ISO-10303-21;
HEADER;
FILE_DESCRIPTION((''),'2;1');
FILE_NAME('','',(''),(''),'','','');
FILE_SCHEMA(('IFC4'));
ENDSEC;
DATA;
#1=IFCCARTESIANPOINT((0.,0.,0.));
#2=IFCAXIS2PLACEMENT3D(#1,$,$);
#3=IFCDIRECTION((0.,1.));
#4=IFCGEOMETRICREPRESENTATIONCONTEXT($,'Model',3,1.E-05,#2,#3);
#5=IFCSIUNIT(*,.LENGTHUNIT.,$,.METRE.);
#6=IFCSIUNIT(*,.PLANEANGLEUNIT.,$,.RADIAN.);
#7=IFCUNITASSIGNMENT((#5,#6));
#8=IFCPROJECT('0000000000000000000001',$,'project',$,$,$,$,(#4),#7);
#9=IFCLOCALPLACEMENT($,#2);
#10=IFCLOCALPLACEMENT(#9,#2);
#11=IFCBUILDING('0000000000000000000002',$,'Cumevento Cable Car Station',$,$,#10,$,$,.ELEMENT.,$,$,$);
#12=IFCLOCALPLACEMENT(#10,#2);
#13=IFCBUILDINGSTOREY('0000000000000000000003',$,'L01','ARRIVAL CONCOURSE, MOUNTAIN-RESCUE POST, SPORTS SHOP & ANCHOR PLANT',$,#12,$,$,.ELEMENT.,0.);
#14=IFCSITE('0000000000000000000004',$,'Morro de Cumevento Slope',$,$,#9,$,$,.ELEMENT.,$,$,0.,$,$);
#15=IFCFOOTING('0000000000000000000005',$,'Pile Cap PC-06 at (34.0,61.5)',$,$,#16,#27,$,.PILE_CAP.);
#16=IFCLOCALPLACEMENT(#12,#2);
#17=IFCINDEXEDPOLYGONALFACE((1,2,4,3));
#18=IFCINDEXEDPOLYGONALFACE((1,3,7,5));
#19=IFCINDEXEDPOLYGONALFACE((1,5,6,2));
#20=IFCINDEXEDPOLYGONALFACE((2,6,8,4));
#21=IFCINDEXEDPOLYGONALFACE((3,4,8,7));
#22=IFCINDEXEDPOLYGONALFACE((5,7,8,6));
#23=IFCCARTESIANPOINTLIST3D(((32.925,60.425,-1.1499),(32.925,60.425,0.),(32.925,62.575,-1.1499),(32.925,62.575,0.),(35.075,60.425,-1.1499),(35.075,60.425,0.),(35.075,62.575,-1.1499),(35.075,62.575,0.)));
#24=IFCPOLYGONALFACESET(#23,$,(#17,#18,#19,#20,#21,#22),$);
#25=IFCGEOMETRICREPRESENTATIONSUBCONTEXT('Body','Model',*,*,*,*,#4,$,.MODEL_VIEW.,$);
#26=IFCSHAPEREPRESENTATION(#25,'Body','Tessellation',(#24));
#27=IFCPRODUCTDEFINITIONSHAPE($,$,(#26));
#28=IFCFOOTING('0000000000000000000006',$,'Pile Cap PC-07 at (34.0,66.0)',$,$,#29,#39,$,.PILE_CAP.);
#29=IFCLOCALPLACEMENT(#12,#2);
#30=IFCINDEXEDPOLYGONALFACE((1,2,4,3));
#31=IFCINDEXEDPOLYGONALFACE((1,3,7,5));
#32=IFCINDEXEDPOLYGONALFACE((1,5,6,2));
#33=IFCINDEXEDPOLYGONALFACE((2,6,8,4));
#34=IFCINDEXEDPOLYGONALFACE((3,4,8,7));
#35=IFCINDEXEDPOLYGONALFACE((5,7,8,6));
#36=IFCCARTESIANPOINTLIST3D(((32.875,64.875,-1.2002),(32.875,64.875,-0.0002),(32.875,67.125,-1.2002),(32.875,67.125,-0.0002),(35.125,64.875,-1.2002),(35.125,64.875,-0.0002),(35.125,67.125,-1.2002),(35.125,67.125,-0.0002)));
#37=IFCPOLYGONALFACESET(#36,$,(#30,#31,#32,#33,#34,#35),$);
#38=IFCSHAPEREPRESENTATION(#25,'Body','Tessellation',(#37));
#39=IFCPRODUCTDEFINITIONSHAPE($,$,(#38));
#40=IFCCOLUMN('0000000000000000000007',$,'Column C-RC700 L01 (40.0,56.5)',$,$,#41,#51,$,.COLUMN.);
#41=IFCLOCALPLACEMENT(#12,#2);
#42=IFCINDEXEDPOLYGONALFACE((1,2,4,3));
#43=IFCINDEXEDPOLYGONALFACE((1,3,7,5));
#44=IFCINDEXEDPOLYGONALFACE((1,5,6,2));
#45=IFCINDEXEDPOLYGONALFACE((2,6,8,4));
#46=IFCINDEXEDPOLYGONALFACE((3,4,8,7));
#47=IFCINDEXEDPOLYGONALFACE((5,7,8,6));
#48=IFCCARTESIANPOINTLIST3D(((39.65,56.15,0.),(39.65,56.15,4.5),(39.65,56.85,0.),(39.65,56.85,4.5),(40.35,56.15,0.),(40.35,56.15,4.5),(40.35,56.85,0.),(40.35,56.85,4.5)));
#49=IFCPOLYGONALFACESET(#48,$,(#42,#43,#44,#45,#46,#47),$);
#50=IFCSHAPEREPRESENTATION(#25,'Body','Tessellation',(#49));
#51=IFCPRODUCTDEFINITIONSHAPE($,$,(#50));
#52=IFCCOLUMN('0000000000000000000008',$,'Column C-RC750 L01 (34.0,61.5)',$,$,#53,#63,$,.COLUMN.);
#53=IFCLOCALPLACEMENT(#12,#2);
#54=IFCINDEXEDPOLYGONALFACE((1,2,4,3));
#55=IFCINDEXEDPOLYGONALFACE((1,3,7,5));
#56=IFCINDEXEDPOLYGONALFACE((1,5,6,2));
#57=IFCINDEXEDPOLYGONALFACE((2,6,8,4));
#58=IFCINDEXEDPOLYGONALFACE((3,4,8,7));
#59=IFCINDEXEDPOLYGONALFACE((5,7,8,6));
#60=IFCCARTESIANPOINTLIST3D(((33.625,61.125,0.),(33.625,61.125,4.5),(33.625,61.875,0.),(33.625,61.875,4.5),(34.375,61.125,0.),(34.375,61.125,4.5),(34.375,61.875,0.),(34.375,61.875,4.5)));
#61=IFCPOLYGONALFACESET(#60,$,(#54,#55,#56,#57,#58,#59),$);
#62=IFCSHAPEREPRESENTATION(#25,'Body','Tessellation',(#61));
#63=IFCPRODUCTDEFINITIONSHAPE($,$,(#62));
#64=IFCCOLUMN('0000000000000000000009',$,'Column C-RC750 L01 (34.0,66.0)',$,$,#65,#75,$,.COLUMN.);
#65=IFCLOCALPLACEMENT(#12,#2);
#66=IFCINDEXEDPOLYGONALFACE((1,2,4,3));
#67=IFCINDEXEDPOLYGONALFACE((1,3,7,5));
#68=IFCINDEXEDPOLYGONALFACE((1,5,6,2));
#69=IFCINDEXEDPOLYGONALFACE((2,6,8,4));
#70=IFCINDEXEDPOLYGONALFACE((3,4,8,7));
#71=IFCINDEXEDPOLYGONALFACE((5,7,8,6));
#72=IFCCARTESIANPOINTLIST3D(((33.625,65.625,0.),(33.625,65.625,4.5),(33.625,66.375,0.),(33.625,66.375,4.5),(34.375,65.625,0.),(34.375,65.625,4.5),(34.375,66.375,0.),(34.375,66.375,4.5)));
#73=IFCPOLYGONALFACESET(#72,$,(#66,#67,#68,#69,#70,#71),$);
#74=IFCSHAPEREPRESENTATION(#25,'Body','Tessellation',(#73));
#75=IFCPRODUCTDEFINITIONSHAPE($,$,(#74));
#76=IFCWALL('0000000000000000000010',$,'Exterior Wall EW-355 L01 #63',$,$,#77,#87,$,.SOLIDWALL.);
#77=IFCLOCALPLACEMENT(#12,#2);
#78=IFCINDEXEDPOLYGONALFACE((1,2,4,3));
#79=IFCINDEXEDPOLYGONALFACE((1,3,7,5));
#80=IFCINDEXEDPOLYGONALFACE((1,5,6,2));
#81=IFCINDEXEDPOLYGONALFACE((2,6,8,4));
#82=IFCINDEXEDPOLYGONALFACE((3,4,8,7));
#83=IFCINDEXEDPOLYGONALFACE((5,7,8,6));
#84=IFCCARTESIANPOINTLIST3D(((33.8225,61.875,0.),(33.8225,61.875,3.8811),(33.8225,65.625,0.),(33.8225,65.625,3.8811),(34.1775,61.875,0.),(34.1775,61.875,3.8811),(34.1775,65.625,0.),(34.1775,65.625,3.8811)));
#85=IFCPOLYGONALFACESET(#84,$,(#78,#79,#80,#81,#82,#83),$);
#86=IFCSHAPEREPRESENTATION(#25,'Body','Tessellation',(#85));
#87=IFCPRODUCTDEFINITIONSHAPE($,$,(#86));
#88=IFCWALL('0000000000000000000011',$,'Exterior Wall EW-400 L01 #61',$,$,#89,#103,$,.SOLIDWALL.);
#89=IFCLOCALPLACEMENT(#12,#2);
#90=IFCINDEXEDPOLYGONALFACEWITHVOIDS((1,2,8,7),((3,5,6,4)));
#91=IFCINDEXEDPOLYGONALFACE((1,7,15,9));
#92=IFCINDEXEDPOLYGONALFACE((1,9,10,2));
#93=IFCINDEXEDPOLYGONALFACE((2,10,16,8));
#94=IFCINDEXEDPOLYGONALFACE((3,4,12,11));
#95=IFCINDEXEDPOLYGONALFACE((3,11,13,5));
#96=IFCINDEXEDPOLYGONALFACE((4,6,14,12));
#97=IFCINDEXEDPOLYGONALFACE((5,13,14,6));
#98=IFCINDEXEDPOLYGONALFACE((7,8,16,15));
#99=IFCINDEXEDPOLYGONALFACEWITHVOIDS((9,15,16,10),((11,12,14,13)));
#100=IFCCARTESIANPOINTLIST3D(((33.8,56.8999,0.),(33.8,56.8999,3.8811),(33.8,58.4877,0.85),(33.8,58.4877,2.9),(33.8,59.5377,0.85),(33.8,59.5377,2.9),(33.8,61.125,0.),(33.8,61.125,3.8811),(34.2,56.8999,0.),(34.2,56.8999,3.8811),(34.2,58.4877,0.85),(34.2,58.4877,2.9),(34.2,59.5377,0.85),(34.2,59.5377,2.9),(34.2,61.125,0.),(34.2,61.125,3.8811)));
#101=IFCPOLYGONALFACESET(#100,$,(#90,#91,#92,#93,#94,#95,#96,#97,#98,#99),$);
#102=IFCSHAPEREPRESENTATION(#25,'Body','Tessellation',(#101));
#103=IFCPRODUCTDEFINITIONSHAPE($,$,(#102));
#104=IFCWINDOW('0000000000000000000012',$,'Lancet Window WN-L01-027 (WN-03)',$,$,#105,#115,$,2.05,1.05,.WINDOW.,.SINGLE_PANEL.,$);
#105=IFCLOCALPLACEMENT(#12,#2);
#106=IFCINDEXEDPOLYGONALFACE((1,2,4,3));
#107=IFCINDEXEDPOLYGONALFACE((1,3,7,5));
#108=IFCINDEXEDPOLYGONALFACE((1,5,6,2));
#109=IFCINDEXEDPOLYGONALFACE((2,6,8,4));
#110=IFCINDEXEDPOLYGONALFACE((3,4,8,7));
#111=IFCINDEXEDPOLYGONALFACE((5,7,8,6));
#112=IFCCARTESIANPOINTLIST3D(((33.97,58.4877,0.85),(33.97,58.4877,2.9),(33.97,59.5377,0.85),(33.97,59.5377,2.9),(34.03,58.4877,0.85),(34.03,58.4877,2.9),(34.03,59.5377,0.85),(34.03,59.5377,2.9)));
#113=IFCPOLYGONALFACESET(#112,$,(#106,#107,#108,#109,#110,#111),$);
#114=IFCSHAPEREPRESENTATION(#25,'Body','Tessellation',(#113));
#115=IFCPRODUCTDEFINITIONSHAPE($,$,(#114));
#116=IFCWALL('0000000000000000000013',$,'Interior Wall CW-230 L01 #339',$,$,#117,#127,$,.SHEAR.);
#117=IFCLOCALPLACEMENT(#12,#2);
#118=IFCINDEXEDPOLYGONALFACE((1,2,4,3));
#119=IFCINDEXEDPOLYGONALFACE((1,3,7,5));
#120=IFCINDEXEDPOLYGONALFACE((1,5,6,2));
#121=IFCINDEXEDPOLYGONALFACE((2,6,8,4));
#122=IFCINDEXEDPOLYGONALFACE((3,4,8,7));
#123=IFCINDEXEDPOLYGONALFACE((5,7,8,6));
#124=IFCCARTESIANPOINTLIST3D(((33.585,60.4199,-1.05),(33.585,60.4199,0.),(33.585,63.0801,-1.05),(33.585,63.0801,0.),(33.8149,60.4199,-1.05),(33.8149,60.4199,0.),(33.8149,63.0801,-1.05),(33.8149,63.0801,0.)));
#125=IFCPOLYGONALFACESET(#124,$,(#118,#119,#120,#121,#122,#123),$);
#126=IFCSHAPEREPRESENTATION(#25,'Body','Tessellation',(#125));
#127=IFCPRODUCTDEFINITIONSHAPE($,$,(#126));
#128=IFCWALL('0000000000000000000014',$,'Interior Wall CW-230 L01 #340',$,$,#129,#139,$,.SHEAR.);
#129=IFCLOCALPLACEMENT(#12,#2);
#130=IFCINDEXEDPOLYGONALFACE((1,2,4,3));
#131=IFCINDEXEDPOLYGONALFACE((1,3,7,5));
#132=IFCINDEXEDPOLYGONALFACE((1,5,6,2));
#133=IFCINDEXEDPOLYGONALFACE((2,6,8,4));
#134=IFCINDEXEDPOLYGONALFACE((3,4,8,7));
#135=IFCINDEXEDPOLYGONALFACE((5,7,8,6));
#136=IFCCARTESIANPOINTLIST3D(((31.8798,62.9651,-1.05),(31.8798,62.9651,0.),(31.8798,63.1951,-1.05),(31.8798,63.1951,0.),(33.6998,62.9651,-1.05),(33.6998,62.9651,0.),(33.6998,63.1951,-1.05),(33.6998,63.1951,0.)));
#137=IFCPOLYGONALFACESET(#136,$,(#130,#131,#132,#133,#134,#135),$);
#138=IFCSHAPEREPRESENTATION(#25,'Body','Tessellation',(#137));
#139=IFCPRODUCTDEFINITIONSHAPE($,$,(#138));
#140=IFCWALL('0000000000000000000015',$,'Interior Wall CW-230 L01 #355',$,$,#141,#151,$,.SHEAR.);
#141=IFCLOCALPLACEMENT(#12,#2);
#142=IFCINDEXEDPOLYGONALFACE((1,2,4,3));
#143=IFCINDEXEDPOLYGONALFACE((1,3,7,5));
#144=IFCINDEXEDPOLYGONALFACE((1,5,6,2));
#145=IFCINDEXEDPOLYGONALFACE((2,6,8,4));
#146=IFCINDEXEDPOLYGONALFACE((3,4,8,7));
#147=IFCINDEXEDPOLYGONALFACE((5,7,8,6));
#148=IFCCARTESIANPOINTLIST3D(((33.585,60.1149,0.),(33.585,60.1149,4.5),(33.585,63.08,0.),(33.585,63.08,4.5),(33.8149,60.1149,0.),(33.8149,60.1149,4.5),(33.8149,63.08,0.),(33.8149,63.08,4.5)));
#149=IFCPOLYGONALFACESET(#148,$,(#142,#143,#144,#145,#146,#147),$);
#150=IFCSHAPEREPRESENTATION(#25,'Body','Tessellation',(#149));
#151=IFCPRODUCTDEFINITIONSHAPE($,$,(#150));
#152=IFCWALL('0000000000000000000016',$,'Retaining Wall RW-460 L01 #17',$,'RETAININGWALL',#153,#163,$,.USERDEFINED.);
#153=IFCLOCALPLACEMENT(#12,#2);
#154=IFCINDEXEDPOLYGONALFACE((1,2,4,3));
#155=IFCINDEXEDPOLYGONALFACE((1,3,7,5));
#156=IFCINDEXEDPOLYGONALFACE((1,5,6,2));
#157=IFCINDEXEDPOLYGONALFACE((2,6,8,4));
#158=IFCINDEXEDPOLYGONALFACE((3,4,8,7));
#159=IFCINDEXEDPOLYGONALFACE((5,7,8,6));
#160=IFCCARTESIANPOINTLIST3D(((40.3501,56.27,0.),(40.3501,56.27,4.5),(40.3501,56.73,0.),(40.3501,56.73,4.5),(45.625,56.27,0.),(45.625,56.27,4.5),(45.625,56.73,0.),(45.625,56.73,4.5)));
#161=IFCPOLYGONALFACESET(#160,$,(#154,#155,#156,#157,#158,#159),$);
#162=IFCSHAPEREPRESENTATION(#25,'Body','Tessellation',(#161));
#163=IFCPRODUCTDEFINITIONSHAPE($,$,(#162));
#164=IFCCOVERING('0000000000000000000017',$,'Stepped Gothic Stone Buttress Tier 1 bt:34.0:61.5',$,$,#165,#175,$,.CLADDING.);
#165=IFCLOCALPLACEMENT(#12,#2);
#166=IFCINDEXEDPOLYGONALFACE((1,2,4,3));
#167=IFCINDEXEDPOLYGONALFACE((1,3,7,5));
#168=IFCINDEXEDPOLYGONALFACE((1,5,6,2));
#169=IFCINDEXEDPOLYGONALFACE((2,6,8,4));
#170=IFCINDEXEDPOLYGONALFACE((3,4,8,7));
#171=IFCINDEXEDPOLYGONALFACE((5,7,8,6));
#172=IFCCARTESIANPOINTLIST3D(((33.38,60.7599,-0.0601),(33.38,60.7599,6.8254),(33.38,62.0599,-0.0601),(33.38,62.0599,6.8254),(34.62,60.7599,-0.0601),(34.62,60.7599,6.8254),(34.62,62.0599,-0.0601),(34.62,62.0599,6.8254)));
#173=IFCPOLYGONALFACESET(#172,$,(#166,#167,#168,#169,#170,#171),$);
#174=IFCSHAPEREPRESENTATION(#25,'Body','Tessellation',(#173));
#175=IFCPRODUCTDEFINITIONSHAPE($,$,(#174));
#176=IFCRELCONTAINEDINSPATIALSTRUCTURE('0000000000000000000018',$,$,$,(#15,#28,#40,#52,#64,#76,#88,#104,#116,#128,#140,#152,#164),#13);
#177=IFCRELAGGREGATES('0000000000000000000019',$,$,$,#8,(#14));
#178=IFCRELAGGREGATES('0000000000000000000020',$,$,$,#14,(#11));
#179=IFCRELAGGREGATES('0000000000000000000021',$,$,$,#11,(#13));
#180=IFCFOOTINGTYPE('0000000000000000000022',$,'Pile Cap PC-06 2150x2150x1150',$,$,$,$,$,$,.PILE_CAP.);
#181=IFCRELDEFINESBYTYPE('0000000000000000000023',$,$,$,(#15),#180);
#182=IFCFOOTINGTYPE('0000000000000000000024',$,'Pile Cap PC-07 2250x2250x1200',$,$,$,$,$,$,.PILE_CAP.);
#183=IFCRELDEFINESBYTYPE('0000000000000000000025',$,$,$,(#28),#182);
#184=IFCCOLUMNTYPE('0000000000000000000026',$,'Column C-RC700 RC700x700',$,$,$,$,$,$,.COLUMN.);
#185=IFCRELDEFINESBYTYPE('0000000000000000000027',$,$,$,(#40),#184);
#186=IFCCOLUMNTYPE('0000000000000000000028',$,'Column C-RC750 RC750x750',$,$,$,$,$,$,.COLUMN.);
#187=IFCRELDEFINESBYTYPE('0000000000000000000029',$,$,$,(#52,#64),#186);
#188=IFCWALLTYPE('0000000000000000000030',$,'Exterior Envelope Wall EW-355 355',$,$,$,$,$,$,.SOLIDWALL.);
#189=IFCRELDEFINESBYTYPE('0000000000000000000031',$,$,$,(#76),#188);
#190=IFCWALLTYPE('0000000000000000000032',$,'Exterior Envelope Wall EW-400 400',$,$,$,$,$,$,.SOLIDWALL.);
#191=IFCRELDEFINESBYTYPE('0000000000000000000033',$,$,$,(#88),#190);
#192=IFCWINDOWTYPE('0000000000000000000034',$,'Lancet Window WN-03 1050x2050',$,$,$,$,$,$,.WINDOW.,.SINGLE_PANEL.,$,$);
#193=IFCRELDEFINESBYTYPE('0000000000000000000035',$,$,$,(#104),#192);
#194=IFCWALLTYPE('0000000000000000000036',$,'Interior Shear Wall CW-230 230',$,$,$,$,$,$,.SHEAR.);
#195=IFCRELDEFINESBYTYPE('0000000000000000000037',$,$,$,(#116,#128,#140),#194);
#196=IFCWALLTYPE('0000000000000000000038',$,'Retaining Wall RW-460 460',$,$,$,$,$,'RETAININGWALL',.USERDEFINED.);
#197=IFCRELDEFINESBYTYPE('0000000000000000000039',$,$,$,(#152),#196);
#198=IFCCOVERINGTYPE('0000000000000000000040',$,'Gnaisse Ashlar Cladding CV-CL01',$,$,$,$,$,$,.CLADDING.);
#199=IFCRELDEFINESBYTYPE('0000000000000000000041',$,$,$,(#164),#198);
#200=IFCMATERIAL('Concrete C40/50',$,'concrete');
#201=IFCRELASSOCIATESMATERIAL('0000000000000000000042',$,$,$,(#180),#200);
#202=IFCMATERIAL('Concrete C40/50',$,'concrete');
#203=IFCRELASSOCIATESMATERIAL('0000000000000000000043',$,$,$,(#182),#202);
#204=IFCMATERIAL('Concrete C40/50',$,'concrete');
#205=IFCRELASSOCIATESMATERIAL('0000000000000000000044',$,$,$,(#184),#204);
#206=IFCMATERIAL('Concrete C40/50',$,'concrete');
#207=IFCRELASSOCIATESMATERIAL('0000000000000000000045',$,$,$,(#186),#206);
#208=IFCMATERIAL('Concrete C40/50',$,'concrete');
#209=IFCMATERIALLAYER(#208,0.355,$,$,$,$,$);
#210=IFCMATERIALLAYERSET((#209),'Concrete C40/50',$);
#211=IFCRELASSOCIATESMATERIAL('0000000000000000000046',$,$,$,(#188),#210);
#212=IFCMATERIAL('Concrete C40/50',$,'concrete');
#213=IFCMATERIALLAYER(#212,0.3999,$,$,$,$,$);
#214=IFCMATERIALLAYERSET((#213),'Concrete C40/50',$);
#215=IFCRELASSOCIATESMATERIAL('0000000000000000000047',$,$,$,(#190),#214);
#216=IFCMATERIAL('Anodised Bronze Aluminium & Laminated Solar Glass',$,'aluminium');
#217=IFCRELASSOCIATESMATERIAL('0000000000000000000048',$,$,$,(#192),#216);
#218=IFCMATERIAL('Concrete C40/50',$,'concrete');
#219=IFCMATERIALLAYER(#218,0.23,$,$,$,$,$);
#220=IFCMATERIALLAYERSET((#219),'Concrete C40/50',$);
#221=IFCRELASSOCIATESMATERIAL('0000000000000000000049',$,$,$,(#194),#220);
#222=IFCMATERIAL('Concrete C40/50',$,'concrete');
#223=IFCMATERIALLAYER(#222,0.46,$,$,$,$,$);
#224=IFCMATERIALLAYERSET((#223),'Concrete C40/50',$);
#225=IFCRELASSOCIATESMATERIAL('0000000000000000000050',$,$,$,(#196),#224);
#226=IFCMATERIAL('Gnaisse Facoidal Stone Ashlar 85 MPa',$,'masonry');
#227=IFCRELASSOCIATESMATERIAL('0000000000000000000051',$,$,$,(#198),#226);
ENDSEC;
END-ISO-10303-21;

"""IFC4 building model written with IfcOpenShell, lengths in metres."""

from ifc_helpers import new_model, si_unit, direction, frame, frame_2d, origin, origin_2d, place, context, subcontext, project, spatial, rectangle, extrude, material, layer, layer_set, material_profile, profile_set, type_object, element, fill, save


model = new_model("IFC4")

# Units and contexts
model_context = context("Model", 3, precision=1e-05, world=origin(), true_north=direction((0.0, 1.0)))
body_context = subcontext(model_context, "Body", "Model", "MODEL_VIEW")
ifc_project = project(units=[si_unit("LENGTHUNIT", "METRE"), si_unit("PLANEANGLEUNIT", "RADIAN")], contexts=[model_context])

# Site, building, storey
site_placement = place(None, origin())
site = spatial("IfcSite", under=ifc_project, at=site_placement, Name="Morro de Cumevento Slope", CompositionType="ELEMENT", RefElevation=0.0)
building_placement = place(site_placement, origin())
building = spatial("IfcBuilding", under=site, at=building_placement, Name="Cumevento Cable Car Station", CompositionType="ELEMENT")
storey_placement = place(building_placement, origin())
storey = spatial("IfcBuildingStorey", under=building, at=storey_placement, Name="L01", Description="ARRIVAL CONCOURSE, MOUNTAIN-RESCUE POST, SPORTS SHOP & ANCHOR PLANT", CompositionType="ELEMENT", Elevation=0.0)

# Footings
ifc_material_1 = material(Name="Concrete C40/50", Category="concrete")
footing_type_1 = type_object("IfcFootingType", Name="Pile Cap PC-06 2150x2150x1150", PredefinedType="PILE_CAP", material=ifc_material_1)
footing_1_placement = place(storey_placement, frame((34.0, 61.5, -1.1499), z_axis=(0.0, 0.0, 1.0), x_axis=(1.0, 0.0, 0.0)))
element("IfcFooting", 1, at=footing_1_placement, inside=storey, type_object=footing_type_1, Name="Pile Cap PC-06 at (34.0,61.5)", PredefinedType="PILE_CAP", context=body_context, shape_type="SweptSolid", body=[
    extrude(rectangle(XDim=2.1499, YDim=2.1499, at=origin_2d()), origin(), (0.0, 0.0, 1.0), 1.1499),
])
ifc_material_2 = material(Name="Concrete C40/50", Category="concrete")
footing_type_2 = type_object("IfcFootingType", Name="Pile Cap PC-07 2250x2250x1200", PredefinedType="PILE_CAP", material=ifc_material_2)
footing_2_placement = place(storey_placement, frame((34.0, 66.0, -1.2002), z_axis=(0.0, 0.0, 1.0), x_axis=(1.0, 0.0, 0.0)))
element("IfcFooting", 2, at=footing_2_placement, inside=storey, type_object=footing_type_2, Name="Pile Cap PC-07 at (34.0,66.0)", PredefinedType="PILE_CAP", context=body_context, shape_type="SweptSolid", body=[
    extrude(rectangle(XDim=2.25, YDim=2.25, at=origin_2d()), origin(), (0.0, 0.0, 1.0), 1.2),
])

# Columns
ifc_material_3 = material(Name="Concrete C40/50", Category="concrete")
ifc_material_profile_1 = material_profile(ifc_material_3, rectangle(XDim=0.7, YDim=0.7, at=origin_2d()), Name="RC700x700")
ifc_profile_set_1 = profile_set([ifc_material_profile_1], Name="Concrete C40/50")
column_type_1 = type_object("IfcColumnType", Name="Column C-RC700 RC700x700", PredefinedType="COLUMN", material=ifc_profile_set_1)
column_placement = place(storey_placement, frame((40.0, 56.5, 0.0), z_axis=(0.0, 0.0, 1.0), x_axis=(1.0, 0.0, 0.0)))
element("IfcColumn", 3, at=column_placement, inside=storey, type_object=column_type_1, Name="Column C-RC700 L01 (40.0,56.5)", PredefinedType="COLUMN", context=body_context, shape_type="SweptSolid", body=[
    extrude(rectangle(XDim=0.7, YDim=0.7, at=origin_2d()), origin(), (0.0, 0.0, 1.0), 4.5),
])
ifc_material_4 = material(Name="Concrete C40/50", Category="concrete")
ifc_material_profile_2 = material_profile(ifc_material_4, rectangle(XDim=0.75, YDim=0.75, at=origin_2d()), Name="RC750x750")
ifc_profile_set_2 = profile_set([ifc_material_profile_2], Name="Concrete C40/50")
column_type_2 = type_object("IfcColumnType", Name="Column C-RC750 RC750x750", PredefinedType="COLUMN", material=ifc_profile_set_2)
for number, where, z_axis, x_axis, name in (
    (4, (34.0, 61.5, 0.0), (0.0, 0.0, 1.0), (1.0, 0.0, 0.0), "Column C-RC750 L01 (34.0,61.5)"),
    (5, (34.0, 66.0, 0.0), (0.0, 0.0, 1.0), (1.0, 0.0, 0.0), "Column C-RC750 L01 (34.0,66.0)"),
):
    element("IfcColumn", number, at=place(storey_placement, frame(where, z_axis=z_axis, x_axis=x_axis)), inside=storey, type_object=column_type_2, Name=name, PredefinedType="COLUMN", context=body_context, shape_type="SweptSolid", body=[
        extrude(rectangle(XDim=0.75, YDim=0.75, at=origin_2d()), origin(), (0.0, 0.0, 1.0), 4.5),
    ])

# Wall
ifc_material_5 = material(Name="Concrete C40/50", Category="concrete")
ifc_layer_1 = layer(ifc_material_5, 0.355)
ifc_layer_set_1 = layer_set([ifc_layer_1], Name="Concrete C40/50")
wall_type_1 = type_object("IfcWallType", Name="Exterior Envelope Wall EW-355 355", PredefinedType="SOLIDWALL", material=ifc_layer_set_1)
wall_1_placement = place(storey_placement, frame((34.0, 65.625, 0.0), z_axis=(0.0, 0.0, 1.0), x_axis=(0.0, -1.0, 0.0)))
element("IfcWall", 6, at=wall_1_placement, inside=storey, type_object=wall_type_1, Name="Exterior Wall EW-355 L01 #63", PredefinedType="SOLIDWALL", context=body_context, shape_type="SweptSolid", body=[
    extrude(rectangle(XDim=3.75, YDim=0.355, at=frame_2d((1.875, 0.0))), origin(), (0.0, 0.0, 1.0), 3.8811),
])

# Wall, opening, window
ifc_material_6 = material(Name="Concrete C40/50", Category="concrete")
ifc_layer_2 = layer(ifc_material_6, 0.3999)
ifc_layer_set_2 = layer_set([ifc_layer_2], Name="Concrete C40/50")
wall_type_2 = type_object("IfcWallType", Name="Exterior Envelope Wall EW-400 400", PredefinedType="SOLIDWALL", material=ifc_layer_set_2)
wall_2_placement = place(storey_placement, frame((34.0, 61.125, 0.0), z_axis=(0.0, 0.0, 1.0), x_axis=(0.0, -1.0, 0.0)))
wall_2 = element("IfcWall", 7, at=wall_2_placement, inside=storey, type_object=wall_type_2, Name="Exterior Wall EW-400 L01 #61", PredefinedType="SOLIDWALL", context=body_context, shape_type="SweptSolid", body=[
    extrude(rectangle(XDim=4.2251, YDim=0.3999, at=frame_2d((2.1125, 0.0))), origin(), (0.0, 0.0, 1.0), 3.8811),
])
opening_placement = place(wall_2_placement, frame((1.5874, 0.0, 0.8501)))
opening = element("IfcOpeningElement", 8, at=opening_placement, cuts=wall_2, PredefinedType="OPENING", context=body_context, shape_type="SweptSolid", body=[
    extrude(rectangle(XDim=1.05, YDim=2.05, at=frame_2d((0.5249, 1.0249))), frame((0.0, 0.21, 0.0), z_axis=(0.0, -1.0, 0.0), x_axis=(1.0, 0.0, 0.0)), (0.0, 0.0, 1.0), 0.4199),
])
ifc_material_7 = material(Name="Anodised Bronze Aluminium & Laminated Solar Glass", Category="aluminium")
window_type = type_object("IfcWindowType", Name="Lancet Window WN-03 1050x2050", PartitioningType="SINGLE_PANEL", PredefinedType="WINDOW", material=ifc_material_7)
window_placement = place(opening_placement, origin())
window = element("IfcWindow", 9, at=window_placement, inside=storey, type_object=window_type, Name="Lancet Window WN-L01-027 (WN-03)", OverallHeight=2.05, OverallWidth=1.05, PartitioningType="SINGLE_PANEL", PredefinedType="WINDOW", context=body_context, shape_type="SweptSolid", body=[
    extrude(rectangle(XDim=1.05, YDim=2.05, at=frame_2d((0.5249, 1.0249))), frame((0.0, 0.03, 0.0), z_axis=(0.0, -1.0, 0.0), x_axis=(1.0, 0.0, 0.0)), (0.0, 0.0, 1.0), 0.0601),
])
fill(opening, window)

# Walls
ifc_material_8 = material(Name="Concrete C40/50", Category="concrete")
ifc_layer_3 = layer(ifc_material_8, 0.23)
ifc_layer_set_3 = layer_set([ifc_layer_3], Name="Concrete C40/50")
wall_type_3 = type_object("IfcWallType", Name="Interior Shear Wall CW-230 230", PredefinedType="SHEAR", material=ifc_layer_set_3)
wall_3_placement = place(storey_placement, frame((33.7, 60.4199, -1.05), z_axis=(0.0, 0.0, 1.0), x_axis=(0.0, 1.0, 0.0)))
element("IfcWall", 10, at=wall_3_placement, inside=storey, type_object=wall_type_3, Name="Interior Wall CW-230 L01 #339", PredefinedType="SHEAR", context=body_context, shape_type="SweptSolid", body=[
    extrude(rectangle(XDim=2.6602, YDim=0.23, at=frame_2d((1.3301, 0.0))), origin(), (0.0, 0.0, 1.0), 1.05),
])
wall_4_placement = place(storey_placement, frame((33.7, 63.0801, -1.05), z_axis=(0.0, 0.0, 1.0), x_axis=(-1.0, 0.0, 0.0)))
element("IfcWall", 11, at=wall_4_placement, inside=storey, type_object=wall_type_3, Name="Interior Wall CW-230 L01 #340", PredefinedType="SHEAR", context=body_context, shape_type="SweptSolid", body=[
    extrude(rectangle(XDim=1.8201, YDim=0.23, at=frame_2d((0.9102, 0.0))), origin(), (0.0, 0.0, 1.0), 1.05),
])
wall_5_placement = place(storey_placement, frame((33.7, 60.115, 0.0), z_axis=(0.0, 0.0, 1.0), x_axis=(0.0, 1.0, 0.0)))
element("IfcWall", 12, at=wall_5_placement, inside=storey, type_object=wall_type_3, Name="Interior Wall CW-230 L01 #355", PredefinedType="SHEAR", context=body_context, shape_type="SweptSolid", body=[
    extrude(rectangle(XDim=2.9651, YDim=0.23, at=frame_2d((1.4824, 0.0))), origin(), (0.0, 0.0, 1.0), 4.5),
])
ifc_material_9 = material(Name="Concrete C40/50", Category="concrete")
ifc_layer_4 = layer(ifc_material_9, 0.46)
ifc_layer_set_4 = layer_set([ifc_layer_4], Name="Concrete C40/50")
wall_type_4 = type_object("IfcWallType", Name="Retaining Wall RW-460 460", ElementType="RETAININGWALL", PredefinedType="USERDEFINED", material=ifc_layer_set_4)
wall_6_placement = place(storey_placement, frame((40.3501, 56.5, 0.0), z_axis=(0.0, 0.0, 1.0), x_axis=(1.0, 0.0, 0.0)))
element("IfcWall", 13, at=wall_6_placement, inside=storey, type_object=wall_type_4, Name="Retaining Wall RW-460 L01 #17", ObjectType="RETAININGWALL", PredefinedType="USERDEFINED", context=body_context, shape_type="SweptSolid", body=[
    extrude(rectangle(XDim=5.2749, YDim=0.46, at=frame_2d((2.6375, 0.0))), origin(), (0.0, 0.0, 1.0), 4.5),
])

# Covering
ifc_material_10 = material(Name="Gnaisse Facoidal Stone Ashlar 85 MPa", Category="masonry")
covering_type = type_object("IfcCoveringType", Name="Gnaisse Ashlar Cladding CV-CL01", PredefinedType="CLADDING", material=ifc_material_10)
for number, where, z_axis, x_axis, name in (
    (14, (34.0, 61.4099, -0.0601), (0.0, 0.0, 1.0), (1.0, 0.0, 0.0), "Stepped Gothic Stone Buttress Tier 1 bt:34.0:61.5"),
):
    element("IfcCovering", number, at=place(storey_placement, frame(where, z_axis=z_axis, x_axis=x_axis)), inside=storey, type_object=covering_type, Name=name, PredefinedType="CLADDING", context=body_context, shape_type="SweptSolid", body=[
        extrude(rectangle(XDim=1.24, YDim=1.3, at=origin_2d()), origin(), (0.0, 0.0, 1.0), 6.8855),
    ])

save(model, "model.ifc")
